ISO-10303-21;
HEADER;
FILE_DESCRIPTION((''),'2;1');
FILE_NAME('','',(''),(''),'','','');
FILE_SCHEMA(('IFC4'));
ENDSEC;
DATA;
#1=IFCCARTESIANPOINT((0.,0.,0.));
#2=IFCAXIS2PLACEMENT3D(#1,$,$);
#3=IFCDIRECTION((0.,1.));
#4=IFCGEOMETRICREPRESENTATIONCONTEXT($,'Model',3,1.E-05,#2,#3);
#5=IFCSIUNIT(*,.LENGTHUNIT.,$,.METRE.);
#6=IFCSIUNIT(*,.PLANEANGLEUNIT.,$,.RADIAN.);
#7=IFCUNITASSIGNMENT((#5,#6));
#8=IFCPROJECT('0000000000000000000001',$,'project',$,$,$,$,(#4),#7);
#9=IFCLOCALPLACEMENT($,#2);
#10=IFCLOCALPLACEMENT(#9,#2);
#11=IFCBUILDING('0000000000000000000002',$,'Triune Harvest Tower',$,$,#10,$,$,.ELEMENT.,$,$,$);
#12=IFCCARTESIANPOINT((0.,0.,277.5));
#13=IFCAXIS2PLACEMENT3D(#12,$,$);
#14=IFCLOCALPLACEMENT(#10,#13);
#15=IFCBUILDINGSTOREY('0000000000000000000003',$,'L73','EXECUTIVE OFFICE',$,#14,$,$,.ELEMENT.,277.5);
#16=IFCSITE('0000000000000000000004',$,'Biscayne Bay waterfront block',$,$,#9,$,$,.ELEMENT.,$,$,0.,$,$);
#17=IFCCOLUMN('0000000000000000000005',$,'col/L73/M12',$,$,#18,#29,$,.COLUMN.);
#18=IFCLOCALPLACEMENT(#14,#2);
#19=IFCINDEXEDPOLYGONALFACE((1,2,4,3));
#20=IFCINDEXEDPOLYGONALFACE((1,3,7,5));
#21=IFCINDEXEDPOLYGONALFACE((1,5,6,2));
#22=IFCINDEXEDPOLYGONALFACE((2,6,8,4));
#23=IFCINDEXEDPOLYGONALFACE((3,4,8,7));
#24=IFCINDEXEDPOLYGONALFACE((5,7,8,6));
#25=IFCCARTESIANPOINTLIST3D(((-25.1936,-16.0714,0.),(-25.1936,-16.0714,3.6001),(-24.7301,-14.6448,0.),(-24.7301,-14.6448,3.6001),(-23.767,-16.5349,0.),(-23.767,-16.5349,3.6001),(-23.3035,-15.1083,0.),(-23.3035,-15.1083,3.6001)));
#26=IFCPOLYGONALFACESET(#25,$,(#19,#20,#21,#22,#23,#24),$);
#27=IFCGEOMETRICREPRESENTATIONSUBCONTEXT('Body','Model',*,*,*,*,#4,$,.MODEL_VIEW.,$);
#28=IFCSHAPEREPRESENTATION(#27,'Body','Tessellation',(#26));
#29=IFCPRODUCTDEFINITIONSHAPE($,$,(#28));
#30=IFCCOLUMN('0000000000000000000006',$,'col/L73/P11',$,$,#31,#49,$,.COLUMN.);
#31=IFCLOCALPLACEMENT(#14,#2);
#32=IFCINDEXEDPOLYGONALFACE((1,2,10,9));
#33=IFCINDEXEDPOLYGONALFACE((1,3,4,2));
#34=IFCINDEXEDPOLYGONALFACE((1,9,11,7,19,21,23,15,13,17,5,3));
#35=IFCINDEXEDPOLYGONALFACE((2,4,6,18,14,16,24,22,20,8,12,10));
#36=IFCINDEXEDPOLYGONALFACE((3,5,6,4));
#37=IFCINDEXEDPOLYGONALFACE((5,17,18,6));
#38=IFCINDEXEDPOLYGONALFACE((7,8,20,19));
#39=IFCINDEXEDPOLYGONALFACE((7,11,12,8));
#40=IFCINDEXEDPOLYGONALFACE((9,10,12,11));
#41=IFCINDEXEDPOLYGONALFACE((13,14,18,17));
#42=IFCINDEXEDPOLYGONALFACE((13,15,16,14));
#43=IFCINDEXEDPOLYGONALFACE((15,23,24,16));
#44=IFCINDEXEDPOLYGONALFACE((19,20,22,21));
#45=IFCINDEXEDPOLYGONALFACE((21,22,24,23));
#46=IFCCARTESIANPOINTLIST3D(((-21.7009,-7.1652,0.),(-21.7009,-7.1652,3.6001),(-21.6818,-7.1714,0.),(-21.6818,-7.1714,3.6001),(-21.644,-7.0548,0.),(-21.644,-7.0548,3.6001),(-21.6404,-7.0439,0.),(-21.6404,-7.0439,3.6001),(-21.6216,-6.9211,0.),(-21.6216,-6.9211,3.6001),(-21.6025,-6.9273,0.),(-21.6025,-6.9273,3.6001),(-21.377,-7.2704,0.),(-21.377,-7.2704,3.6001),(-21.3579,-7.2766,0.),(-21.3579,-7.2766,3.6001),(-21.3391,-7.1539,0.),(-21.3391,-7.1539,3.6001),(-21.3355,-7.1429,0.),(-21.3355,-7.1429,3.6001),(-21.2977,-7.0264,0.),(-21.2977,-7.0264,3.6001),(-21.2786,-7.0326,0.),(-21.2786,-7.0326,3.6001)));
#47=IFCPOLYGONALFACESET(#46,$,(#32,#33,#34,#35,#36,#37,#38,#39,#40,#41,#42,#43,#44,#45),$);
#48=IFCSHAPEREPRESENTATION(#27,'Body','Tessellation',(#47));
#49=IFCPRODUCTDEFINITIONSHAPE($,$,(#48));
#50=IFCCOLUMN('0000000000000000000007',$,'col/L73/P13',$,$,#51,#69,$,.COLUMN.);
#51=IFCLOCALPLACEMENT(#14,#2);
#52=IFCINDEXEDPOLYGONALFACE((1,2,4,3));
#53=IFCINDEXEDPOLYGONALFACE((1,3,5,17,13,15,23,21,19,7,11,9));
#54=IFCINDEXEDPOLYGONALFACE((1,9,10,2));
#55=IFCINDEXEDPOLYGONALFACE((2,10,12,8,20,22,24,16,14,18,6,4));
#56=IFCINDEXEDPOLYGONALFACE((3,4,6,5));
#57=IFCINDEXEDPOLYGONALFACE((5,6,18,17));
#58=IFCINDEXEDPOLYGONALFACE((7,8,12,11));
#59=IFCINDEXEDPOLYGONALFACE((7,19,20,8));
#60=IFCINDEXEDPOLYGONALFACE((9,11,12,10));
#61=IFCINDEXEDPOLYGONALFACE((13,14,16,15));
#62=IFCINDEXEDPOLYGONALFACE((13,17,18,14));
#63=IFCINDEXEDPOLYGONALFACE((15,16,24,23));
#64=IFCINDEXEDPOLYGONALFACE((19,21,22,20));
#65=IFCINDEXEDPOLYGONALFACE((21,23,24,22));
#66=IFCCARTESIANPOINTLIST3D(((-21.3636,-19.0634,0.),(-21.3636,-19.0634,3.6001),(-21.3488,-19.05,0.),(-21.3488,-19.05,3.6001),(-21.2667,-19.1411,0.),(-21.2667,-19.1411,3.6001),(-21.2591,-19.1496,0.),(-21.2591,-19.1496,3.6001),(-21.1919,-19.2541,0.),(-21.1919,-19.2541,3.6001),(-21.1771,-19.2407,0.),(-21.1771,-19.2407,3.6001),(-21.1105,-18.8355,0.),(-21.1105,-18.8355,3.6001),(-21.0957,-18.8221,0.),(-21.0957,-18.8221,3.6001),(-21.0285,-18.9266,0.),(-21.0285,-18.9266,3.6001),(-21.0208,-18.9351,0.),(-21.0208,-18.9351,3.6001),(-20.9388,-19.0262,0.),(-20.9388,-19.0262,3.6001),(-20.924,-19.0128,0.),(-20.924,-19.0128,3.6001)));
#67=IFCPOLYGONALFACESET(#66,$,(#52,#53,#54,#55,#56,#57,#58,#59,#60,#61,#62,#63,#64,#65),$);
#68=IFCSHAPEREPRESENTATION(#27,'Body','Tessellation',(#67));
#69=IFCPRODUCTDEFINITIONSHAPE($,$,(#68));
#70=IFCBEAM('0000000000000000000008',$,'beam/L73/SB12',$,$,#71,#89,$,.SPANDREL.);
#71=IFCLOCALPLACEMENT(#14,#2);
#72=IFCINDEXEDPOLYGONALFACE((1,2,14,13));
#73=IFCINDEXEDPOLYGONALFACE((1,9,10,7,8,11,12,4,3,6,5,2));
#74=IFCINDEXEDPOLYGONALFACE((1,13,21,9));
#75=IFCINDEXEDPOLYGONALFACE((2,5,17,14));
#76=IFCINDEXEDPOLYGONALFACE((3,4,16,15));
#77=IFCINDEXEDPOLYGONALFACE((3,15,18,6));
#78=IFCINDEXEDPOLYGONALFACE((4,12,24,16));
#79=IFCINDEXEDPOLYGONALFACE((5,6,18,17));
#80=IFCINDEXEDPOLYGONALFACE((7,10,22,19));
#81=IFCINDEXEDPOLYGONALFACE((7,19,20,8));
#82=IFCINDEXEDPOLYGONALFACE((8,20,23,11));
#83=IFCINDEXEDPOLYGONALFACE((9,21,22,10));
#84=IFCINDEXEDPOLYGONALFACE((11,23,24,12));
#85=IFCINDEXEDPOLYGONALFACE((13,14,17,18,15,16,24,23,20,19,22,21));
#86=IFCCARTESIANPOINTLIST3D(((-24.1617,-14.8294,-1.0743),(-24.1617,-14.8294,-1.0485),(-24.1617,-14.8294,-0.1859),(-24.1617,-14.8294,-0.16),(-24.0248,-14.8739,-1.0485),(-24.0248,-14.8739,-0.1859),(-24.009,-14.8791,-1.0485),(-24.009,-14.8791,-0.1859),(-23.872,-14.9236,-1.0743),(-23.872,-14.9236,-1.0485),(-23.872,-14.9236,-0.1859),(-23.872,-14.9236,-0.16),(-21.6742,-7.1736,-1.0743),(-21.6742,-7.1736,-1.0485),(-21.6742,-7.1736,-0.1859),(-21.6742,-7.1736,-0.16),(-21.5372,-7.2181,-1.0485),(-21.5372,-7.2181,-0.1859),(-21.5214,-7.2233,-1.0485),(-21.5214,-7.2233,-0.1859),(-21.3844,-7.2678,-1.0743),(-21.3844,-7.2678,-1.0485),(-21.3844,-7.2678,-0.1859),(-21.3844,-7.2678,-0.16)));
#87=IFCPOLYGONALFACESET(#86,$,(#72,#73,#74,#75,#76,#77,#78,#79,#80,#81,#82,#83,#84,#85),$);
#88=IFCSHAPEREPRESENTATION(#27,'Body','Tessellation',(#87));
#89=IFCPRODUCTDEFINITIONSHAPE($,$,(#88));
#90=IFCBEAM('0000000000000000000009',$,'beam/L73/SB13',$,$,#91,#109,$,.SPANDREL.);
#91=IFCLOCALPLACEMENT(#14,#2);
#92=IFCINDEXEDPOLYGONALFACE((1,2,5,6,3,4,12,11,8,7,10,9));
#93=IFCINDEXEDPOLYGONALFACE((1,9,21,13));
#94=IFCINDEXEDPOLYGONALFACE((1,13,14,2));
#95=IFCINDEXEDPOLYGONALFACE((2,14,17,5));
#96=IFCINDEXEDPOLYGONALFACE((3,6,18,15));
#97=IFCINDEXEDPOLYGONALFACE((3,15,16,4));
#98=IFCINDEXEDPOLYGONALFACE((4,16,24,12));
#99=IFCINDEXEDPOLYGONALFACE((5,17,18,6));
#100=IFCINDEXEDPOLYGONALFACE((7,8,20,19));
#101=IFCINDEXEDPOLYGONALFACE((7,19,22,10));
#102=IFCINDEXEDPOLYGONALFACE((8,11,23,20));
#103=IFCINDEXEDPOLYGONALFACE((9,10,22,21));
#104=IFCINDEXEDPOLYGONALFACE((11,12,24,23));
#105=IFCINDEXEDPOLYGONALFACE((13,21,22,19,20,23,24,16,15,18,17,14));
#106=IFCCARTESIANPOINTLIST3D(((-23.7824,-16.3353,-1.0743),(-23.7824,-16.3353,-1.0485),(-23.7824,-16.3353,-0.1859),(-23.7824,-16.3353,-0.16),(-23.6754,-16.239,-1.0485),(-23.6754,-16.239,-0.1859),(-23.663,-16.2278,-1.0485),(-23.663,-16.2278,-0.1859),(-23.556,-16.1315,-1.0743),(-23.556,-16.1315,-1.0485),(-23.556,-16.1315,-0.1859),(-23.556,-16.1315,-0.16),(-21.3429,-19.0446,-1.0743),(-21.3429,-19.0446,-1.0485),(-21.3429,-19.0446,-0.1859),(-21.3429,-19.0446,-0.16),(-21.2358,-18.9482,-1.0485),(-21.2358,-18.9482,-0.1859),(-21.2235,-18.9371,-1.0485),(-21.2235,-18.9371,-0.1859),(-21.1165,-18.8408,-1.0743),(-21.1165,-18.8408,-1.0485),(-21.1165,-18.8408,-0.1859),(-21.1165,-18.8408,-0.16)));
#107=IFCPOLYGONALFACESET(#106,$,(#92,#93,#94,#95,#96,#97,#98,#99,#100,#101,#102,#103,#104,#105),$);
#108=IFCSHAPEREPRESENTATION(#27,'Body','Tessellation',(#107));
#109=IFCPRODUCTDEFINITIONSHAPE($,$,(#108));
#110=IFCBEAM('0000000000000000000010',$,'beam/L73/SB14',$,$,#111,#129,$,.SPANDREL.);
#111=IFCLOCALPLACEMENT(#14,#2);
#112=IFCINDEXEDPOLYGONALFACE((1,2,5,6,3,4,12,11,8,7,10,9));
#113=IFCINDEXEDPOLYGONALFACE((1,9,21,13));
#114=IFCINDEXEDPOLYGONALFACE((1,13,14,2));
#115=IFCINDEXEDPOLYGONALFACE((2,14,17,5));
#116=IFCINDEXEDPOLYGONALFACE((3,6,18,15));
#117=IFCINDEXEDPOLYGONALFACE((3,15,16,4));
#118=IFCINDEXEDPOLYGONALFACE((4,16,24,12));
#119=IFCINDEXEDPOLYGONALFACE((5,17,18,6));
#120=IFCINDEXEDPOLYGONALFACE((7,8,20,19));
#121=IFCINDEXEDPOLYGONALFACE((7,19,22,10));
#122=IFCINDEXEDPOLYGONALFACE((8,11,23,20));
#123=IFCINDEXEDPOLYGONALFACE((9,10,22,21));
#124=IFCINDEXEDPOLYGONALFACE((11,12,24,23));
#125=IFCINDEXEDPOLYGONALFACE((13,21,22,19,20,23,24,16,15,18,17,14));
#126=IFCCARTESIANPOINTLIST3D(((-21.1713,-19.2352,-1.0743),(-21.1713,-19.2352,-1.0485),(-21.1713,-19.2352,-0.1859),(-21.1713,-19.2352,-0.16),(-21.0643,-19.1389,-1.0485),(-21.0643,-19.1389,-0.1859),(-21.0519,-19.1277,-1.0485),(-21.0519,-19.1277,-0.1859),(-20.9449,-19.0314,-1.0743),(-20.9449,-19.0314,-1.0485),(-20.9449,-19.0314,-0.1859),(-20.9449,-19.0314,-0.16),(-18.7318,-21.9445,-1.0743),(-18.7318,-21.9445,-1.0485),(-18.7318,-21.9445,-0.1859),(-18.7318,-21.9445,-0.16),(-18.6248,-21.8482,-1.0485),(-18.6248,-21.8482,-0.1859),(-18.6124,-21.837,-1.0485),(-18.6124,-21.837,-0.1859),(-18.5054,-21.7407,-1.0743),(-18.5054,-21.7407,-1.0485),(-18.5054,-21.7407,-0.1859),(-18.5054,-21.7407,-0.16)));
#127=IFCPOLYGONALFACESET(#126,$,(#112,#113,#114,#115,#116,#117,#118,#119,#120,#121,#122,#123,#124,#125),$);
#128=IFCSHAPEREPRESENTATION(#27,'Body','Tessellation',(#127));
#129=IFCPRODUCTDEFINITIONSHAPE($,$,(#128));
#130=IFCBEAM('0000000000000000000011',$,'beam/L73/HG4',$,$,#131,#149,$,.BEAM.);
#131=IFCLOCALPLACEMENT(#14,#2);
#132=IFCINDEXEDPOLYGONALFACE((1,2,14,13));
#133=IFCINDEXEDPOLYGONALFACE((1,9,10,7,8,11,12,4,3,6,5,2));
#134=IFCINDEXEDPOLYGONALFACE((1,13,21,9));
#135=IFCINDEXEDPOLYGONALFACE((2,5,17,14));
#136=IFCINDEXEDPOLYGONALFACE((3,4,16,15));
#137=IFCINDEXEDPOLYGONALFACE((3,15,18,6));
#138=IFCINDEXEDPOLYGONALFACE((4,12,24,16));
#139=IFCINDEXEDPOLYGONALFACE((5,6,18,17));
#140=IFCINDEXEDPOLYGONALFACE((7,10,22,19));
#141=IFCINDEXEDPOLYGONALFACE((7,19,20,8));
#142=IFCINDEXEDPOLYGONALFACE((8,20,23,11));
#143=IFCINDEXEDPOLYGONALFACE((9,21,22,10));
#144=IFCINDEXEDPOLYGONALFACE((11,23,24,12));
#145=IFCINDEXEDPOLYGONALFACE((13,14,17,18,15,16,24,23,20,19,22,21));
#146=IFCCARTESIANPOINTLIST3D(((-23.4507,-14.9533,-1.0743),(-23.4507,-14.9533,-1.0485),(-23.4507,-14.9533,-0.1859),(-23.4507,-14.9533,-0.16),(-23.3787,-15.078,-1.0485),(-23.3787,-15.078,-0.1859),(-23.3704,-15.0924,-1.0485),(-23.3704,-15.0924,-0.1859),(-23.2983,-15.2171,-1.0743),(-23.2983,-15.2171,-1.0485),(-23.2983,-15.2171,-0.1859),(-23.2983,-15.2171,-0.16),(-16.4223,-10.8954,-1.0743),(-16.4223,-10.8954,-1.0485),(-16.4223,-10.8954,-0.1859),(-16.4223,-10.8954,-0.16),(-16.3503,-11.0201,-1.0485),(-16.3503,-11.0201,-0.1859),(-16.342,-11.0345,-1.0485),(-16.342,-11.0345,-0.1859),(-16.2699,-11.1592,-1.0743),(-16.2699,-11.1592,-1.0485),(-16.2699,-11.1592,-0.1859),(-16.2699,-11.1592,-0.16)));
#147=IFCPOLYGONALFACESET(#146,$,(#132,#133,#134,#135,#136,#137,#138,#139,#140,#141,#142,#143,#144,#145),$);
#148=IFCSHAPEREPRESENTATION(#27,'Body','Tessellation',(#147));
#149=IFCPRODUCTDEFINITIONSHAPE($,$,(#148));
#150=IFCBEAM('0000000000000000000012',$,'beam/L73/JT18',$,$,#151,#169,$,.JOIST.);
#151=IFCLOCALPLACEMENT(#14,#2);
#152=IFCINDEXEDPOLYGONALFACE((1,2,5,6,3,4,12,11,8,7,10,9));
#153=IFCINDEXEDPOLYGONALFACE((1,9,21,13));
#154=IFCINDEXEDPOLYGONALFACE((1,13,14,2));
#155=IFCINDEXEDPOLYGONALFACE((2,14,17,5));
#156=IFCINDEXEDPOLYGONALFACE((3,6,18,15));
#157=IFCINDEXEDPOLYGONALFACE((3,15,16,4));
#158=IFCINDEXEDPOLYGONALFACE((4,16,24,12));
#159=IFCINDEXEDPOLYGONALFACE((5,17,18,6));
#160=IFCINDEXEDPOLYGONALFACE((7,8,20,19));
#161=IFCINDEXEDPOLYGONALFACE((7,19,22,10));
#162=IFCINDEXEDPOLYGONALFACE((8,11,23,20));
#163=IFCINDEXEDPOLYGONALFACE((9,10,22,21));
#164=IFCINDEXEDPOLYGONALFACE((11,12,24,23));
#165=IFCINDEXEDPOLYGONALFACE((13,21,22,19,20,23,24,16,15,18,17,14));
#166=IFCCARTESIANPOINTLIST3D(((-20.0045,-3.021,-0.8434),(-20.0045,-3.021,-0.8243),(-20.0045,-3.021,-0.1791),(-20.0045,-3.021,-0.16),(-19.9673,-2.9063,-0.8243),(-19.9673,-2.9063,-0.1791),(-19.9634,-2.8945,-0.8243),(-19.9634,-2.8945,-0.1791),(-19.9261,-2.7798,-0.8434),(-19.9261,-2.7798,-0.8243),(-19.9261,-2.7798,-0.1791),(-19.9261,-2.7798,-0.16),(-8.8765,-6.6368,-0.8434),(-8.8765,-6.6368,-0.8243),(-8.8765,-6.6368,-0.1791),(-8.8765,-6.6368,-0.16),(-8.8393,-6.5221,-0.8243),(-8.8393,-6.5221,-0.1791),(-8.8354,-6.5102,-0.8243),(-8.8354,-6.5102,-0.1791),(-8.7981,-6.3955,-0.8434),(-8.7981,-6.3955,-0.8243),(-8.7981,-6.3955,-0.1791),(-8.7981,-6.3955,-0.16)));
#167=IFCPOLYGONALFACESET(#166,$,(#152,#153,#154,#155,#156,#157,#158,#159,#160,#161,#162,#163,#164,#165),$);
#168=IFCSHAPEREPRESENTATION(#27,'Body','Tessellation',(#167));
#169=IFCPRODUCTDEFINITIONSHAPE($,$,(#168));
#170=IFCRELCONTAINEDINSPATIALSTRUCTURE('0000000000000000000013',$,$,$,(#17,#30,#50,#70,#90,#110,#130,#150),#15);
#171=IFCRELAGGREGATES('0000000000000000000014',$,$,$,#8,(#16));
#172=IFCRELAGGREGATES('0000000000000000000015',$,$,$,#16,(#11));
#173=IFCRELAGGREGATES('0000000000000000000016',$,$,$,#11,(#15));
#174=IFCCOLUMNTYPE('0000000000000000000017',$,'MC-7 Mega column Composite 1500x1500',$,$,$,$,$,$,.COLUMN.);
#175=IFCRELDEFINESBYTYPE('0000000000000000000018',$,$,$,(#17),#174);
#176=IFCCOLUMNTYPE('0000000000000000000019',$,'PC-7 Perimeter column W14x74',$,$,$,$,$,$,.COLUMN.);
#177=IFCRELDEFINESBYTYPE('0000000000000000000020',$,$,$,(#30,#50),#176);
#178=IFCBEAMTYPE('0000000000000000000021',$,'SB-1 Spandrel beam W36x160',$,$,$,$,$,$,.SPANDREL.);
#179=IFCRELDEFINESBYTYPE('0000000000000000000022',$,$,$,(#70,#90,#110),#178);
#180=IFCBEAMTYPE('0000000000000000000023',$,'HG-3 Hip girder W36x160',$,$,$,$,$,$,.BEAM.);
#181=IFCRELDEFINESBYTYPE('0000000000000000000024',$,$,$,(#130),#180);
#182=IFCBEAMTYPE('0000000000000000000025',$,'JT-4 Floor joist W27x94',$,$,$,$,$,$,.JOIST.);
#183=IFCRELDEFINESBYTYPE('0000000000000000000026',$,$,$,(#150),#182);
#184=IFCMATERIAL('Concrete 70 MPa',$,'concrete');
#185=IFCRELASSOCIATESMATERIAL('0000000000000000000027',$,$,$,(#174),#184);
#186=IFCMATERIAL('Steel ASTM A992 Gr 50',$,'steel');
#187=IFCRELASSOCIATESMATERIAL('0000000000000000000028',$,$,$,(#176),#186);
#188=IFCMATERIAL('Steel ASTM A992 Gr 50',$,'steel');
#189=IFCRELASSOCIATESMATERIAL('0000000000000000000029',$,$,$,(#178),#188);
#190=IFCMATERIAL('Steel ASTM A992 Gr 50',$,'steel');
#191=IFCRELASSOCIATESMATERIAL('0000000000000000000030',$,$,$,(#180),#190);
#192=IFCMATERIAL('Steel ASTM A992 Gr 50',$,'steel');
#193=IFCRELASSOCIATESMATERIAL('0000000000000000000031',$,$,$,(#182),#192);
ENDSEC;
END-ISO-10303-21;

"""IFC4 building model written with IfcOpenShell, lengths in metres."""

from ifc_helpers import new_model, si_unit, direction, frame, origin, origin_2d, place, context, subcontext, project, spatial, rectangle, i_section, extrude, source, transform, mapped, material, material_profile, profile_set, type_object, element, save


model = new_model("IFC4")

# Units and contexts
model_context = context("Model", 3, precision=1e-05, world=origin(), true_north=direction((0.0, 1.0)))
body_context = subcontext(model_context, "Body", "Model", "MODEL_VIEW")
ifc_project = project(units=[si_unit("LENGTHUNIT", "METRE"), si_unit("PLANEANGLEUNIT", "RADIAN")], contexts=[model_context])

# Site, building, storey
site_placement = place(None, origin())
site = spatial("IfcSite", under=ifc_project, at=site_placement, Name="Biscayne Bay waterfront block", CompositionType="ELEMENT", RefElevation=0.0)
building_placement = place(site_placement, origin())
building = spatial("IfcBuilding", under=site, at=building_placement, Name="Triune Harvest Tower", CompositionType="ELEMENT")
storey_placement = place(building_placement, frame((0.0, 0.0, 277.5)))
storey = spatial("IfcBuildingStorey", under=building, at=storey_placement, Name="L73", Description="EXECUTIVE OFFICE", CompositionType="ELEMENT", Elevation=277.5)

# Columns
ifc_material_1 = material(Name="Concrete 70 MPa", Category="concrete")
ifc_material_profile_1 = material_profile(ifc_material_1, rectangle(XDim=1.5, YDim=1.5, at=origin_2d()), Name="Composite 1500x1500")
ifc_profile_set_1 = profile_set([ifc_material_profile_1], Name="Concrete 70 MPa")
column_type_1 = type_object("IfcColumnType", Name="MC-7 Mega column Composite 1500x1500", PredefinedType="COLUMN", material=ifc_profile_set_1)
shared_shape_1 = source(origin(), body_context, "Body", "SweptSolid", [
    extrude(rectangle(XDim=1.5, YDim=1.5, at=origin_2d()), origin(), (0.0, 0.0, 1.0), 3.6001),
])
column_placement = place(storey_placement, frame((-24.2485, -15.5898, 0.0), z_axis=(0.0, 0.0, 1.0), x_axis=(-0.309015, -0.951057, 0.0)))
element("IfcColumn", 1, at=column_placement, inside=storey, type_object=column_type_1, Name="col/L73/M12", PredefinedType="COLUMN", context=body_context, shape_type="MappedRepresentation", body=[
    mapped(shared_shape_1, transform((0.0, 0.0, 0.0), scale=1.0)),
])
ifc_material_2 = material(Name="Steel ASTM A992 Gr 50", Category="steel")
ifc_material_profile_2 = material_profile(ifc_material_2, i_section(OverallWidth=0.2566, OverallDepth=0.3606, WebThickness=0.0115, FlangeThickness=0.02, at=origin_2d()), Name="W14x74")
ifc_profile_set_2 = profile_set([ifc_material_profile_2], Name="Steel ASTM A992 Gr 50")
column_type_2 = type_object("IfcColumnType", Name="PC-7 Perimeter column W14x74", PredefinedType="COLUMN", material=ifc_profile_set_2)
shared_shape_2 = source(origin(), body_context, "Body", "SweptSolid", [
    extrude(i_section(OverallWidth=0.2566, OverallDepth=0.3606, WebThickness=0.0115, FlangeThickness=0.02, at=origin_2d()), origin(), (0.0, 0.0, 1.0), 3.6001),
])
for number, where, z_axis, x_axis, name in (
    (2, (-21.4897, -7.0989, 0.0), (0.0, 0.0, 1.0), (-0.309015, -0.951057, 0.0), "col/L73/P11"),
    (3, (-21.1438, -19.0381, 0.0), (0.0, 0.0, 1.0), (0.669129, -0.743146, 0.0), "col/L73/P13"),
):
    element("IfcColumn", number, at=place(storey_placement, frame(where, z_axis=z_axis, x_axis=x_axis)), inside=storey, type_object=column_type_2, Name=name, PredefinedType="COLUMN", context=body_context, shape_type="MappedRepresentation", body=[
        mapped(shared_shape_2, transform((0.0, 0.0, 0.0), scale=1.0)),
    ])

# Beams
ifc_material_3 = material(Name="Steel ASTM A992 Gr 50", Category="steel")
ifc_material_profile_3 = material_profile(ifc_material_3, i_section(OverallWidth=0.3047, OverallDepth=0.9143, WebThickness=0.0166, FlangeThickness=0.0259, at=origin_2d()), Name="W36x160")
ifc_profile_set_3 = profile_set([ifc_material_profile_3], Name="Steel ASTM A992 Gr 50")
beam_type_1 = type_object("IfcBeamType", Name="SB-1 Spandrel beam W36x160", PredefinedType="SPANDREL", material=ifc_profile_set_3)
shared_shape_3 = source(origin(), body_context, "Body", "SweptSolid", [
    extrude(i_section(OverallWidth=0.3047, OverallDepth=0.9143, WebThickness=0.0166, FlangeThickness=0.0259, at=origin_2d()), origin(), (0.0, 0.0, 1.0), 8.0498),
])
beam_1_placement = place(storey_placement, frame((-21.5293, -7.2207, -0.6172), z_axis=(-0.309022, -0.951055, 0.0), x_axis=(0.951055, -0.309022, 0.0)))
element("IfcBeam", 4, at=beam_1_placement, inside=storey, type_object=beam_type_1, Name="beam/L73/SB12", PredefinedType="SPANDREL", context=body_context, shape_type="MappedRepresentation", body=[
    mapped(shared_shape_3, transform((0.0, 0.0, 0.0), scale=1.0)),
])
shared_shape_4 = source(origin(), body_context, "Body", "SweptSolid", [
    extrude(i_section(OverallWidth=0.3047, OverallDepth=0.9143, WebThickness=0.0166, FlangeThickness=0.0259, at=origin_2d()), origin(), (0.0, 0.0, 1.0), 3.6458),
])
for number, where, z_axis, x_axis, name in (
    (5, (-23.6692, -16.2334, -0.6172), (0.669139, -0.743138, 0.0), (0.743138, 0.669139, 0.0), "beam/L73/SB13"),
    (6, (-21.0581, -19.1333, -0.6172), (0.669139, -0.743138, 0.0), (0.743138, 0.669139, 0.0), "beam/L73/SB14"),
):
    element("IfcBeam", number, at=place(storey_placement, frame(where, z_axis=z_axis, x_axis=x_axis)), inside=storey, type_object=beam_type_1, Name=name, PredefinedType="SPANDREL", context=body_context, shape_type="MappedRepresentation", body=[
        mapped(shared_shape_4, transform((0.0, 0.0, 0.0), scale=1.0)),
    ])
ifc_material_4 = material(Name="Steel ASTM A992 Gr 50", Category="steel")
ifc_material_profile_4 = material_profile(ifc_material_4, i_section(OverallWidth=0.3047, OverallDepth=0.9143, WebThickness=0.0166, FlangeThickness=0.0259, at=origin_2d()), Name="W36x160")
ifc_profile_set_4 = profile_set([ifc_material_profile_4], Name="Steel ASTM A992 Gr 50")
beam_type_2 = type_object("IfcBeamType", Name="HG-3 Hip girder W36x160", PredefinedType="BEAM", material=ifc_profile_set_4)
shared_shape_5 = source(origin(), body_context, "Body", "SweptSolid", [
    extrude(i_section(OverallWidth=0.3047, OverallDepth=0.9143, WebThickness=0.0166, FlangeThickness=0.0259, at=origin_2d()), origin(), (0.0, 0.0, 1.0), 8.1157),
])
beam_2_placement = place(storey_placement, frame((-23.3745, -15.0852, -0.6172), z_axis=(0.866022, 0.500005, 0.0), x_axis=(-0.500005, 0.866022, 0.0)))
element("IfcBeam", 7, at=beam_2_placement, inside=storey, type_object=beam_type_2, Name="beam/L73/HG4", PredefinedType="BEAM", context=body_context, shape_type="MappedRepresentation", body=[
    mapped(shared_shape_5, transform((0.0, 0.0, 0.0), scale=1.0)),
])
ifc_material_5 = material(Name="Steel ASTM A992 Gr 50", Category="steel")
ifc_material_profile_5 = material_profile(ifc_material_5, i_section(OverallWidth=0.2537, OverallDepth=0.6833, WebThickness=0.0125, FlangeThickness=0.019, at=origin_2d()), Name="W27x94")
ifc_profile_set_5 = profile_set([ifc_material_profile_5], Name="Steel ASTM A992 Gr 50")
beam_type_3 = type_object("IfcBeamType", Name="JT-4 Floor joist W27x94", PredefinedType="JOIST", material=ifc_profile_set_5)
shared_shape_6 = source(origin(), body_context, "Body", "SweptSolid", [
    extrude(i_section(OverallWidth=0.2537, OverallDepth=0.6833, WebThickness=0.0125, FlangeThickness=0.019, at=origin_2d()), origin(), (0.0, 0.0, 1.0), 11.7007),
])
beam_3_placement = place(storey_placement, frame((-19.9653, -2.9004, -0.5017), z_axis=(0.951056, -0.30902, 0.0), x_axis=(0.30902, 0.951056, 0.0)))
element("IfcBeam", 8, at=beam_3_placement, inside=storey, type_object=beam_type_3, Name="beam/L73/JT18", PredefinedType="JOIST", context=body_context, shape_type="MappedRepresentation", body=[
    mapped(shared_shape_6, transform((0.0, 0.0, 0.0), scale=1.0)),
])

save(model, "model.ifc")
